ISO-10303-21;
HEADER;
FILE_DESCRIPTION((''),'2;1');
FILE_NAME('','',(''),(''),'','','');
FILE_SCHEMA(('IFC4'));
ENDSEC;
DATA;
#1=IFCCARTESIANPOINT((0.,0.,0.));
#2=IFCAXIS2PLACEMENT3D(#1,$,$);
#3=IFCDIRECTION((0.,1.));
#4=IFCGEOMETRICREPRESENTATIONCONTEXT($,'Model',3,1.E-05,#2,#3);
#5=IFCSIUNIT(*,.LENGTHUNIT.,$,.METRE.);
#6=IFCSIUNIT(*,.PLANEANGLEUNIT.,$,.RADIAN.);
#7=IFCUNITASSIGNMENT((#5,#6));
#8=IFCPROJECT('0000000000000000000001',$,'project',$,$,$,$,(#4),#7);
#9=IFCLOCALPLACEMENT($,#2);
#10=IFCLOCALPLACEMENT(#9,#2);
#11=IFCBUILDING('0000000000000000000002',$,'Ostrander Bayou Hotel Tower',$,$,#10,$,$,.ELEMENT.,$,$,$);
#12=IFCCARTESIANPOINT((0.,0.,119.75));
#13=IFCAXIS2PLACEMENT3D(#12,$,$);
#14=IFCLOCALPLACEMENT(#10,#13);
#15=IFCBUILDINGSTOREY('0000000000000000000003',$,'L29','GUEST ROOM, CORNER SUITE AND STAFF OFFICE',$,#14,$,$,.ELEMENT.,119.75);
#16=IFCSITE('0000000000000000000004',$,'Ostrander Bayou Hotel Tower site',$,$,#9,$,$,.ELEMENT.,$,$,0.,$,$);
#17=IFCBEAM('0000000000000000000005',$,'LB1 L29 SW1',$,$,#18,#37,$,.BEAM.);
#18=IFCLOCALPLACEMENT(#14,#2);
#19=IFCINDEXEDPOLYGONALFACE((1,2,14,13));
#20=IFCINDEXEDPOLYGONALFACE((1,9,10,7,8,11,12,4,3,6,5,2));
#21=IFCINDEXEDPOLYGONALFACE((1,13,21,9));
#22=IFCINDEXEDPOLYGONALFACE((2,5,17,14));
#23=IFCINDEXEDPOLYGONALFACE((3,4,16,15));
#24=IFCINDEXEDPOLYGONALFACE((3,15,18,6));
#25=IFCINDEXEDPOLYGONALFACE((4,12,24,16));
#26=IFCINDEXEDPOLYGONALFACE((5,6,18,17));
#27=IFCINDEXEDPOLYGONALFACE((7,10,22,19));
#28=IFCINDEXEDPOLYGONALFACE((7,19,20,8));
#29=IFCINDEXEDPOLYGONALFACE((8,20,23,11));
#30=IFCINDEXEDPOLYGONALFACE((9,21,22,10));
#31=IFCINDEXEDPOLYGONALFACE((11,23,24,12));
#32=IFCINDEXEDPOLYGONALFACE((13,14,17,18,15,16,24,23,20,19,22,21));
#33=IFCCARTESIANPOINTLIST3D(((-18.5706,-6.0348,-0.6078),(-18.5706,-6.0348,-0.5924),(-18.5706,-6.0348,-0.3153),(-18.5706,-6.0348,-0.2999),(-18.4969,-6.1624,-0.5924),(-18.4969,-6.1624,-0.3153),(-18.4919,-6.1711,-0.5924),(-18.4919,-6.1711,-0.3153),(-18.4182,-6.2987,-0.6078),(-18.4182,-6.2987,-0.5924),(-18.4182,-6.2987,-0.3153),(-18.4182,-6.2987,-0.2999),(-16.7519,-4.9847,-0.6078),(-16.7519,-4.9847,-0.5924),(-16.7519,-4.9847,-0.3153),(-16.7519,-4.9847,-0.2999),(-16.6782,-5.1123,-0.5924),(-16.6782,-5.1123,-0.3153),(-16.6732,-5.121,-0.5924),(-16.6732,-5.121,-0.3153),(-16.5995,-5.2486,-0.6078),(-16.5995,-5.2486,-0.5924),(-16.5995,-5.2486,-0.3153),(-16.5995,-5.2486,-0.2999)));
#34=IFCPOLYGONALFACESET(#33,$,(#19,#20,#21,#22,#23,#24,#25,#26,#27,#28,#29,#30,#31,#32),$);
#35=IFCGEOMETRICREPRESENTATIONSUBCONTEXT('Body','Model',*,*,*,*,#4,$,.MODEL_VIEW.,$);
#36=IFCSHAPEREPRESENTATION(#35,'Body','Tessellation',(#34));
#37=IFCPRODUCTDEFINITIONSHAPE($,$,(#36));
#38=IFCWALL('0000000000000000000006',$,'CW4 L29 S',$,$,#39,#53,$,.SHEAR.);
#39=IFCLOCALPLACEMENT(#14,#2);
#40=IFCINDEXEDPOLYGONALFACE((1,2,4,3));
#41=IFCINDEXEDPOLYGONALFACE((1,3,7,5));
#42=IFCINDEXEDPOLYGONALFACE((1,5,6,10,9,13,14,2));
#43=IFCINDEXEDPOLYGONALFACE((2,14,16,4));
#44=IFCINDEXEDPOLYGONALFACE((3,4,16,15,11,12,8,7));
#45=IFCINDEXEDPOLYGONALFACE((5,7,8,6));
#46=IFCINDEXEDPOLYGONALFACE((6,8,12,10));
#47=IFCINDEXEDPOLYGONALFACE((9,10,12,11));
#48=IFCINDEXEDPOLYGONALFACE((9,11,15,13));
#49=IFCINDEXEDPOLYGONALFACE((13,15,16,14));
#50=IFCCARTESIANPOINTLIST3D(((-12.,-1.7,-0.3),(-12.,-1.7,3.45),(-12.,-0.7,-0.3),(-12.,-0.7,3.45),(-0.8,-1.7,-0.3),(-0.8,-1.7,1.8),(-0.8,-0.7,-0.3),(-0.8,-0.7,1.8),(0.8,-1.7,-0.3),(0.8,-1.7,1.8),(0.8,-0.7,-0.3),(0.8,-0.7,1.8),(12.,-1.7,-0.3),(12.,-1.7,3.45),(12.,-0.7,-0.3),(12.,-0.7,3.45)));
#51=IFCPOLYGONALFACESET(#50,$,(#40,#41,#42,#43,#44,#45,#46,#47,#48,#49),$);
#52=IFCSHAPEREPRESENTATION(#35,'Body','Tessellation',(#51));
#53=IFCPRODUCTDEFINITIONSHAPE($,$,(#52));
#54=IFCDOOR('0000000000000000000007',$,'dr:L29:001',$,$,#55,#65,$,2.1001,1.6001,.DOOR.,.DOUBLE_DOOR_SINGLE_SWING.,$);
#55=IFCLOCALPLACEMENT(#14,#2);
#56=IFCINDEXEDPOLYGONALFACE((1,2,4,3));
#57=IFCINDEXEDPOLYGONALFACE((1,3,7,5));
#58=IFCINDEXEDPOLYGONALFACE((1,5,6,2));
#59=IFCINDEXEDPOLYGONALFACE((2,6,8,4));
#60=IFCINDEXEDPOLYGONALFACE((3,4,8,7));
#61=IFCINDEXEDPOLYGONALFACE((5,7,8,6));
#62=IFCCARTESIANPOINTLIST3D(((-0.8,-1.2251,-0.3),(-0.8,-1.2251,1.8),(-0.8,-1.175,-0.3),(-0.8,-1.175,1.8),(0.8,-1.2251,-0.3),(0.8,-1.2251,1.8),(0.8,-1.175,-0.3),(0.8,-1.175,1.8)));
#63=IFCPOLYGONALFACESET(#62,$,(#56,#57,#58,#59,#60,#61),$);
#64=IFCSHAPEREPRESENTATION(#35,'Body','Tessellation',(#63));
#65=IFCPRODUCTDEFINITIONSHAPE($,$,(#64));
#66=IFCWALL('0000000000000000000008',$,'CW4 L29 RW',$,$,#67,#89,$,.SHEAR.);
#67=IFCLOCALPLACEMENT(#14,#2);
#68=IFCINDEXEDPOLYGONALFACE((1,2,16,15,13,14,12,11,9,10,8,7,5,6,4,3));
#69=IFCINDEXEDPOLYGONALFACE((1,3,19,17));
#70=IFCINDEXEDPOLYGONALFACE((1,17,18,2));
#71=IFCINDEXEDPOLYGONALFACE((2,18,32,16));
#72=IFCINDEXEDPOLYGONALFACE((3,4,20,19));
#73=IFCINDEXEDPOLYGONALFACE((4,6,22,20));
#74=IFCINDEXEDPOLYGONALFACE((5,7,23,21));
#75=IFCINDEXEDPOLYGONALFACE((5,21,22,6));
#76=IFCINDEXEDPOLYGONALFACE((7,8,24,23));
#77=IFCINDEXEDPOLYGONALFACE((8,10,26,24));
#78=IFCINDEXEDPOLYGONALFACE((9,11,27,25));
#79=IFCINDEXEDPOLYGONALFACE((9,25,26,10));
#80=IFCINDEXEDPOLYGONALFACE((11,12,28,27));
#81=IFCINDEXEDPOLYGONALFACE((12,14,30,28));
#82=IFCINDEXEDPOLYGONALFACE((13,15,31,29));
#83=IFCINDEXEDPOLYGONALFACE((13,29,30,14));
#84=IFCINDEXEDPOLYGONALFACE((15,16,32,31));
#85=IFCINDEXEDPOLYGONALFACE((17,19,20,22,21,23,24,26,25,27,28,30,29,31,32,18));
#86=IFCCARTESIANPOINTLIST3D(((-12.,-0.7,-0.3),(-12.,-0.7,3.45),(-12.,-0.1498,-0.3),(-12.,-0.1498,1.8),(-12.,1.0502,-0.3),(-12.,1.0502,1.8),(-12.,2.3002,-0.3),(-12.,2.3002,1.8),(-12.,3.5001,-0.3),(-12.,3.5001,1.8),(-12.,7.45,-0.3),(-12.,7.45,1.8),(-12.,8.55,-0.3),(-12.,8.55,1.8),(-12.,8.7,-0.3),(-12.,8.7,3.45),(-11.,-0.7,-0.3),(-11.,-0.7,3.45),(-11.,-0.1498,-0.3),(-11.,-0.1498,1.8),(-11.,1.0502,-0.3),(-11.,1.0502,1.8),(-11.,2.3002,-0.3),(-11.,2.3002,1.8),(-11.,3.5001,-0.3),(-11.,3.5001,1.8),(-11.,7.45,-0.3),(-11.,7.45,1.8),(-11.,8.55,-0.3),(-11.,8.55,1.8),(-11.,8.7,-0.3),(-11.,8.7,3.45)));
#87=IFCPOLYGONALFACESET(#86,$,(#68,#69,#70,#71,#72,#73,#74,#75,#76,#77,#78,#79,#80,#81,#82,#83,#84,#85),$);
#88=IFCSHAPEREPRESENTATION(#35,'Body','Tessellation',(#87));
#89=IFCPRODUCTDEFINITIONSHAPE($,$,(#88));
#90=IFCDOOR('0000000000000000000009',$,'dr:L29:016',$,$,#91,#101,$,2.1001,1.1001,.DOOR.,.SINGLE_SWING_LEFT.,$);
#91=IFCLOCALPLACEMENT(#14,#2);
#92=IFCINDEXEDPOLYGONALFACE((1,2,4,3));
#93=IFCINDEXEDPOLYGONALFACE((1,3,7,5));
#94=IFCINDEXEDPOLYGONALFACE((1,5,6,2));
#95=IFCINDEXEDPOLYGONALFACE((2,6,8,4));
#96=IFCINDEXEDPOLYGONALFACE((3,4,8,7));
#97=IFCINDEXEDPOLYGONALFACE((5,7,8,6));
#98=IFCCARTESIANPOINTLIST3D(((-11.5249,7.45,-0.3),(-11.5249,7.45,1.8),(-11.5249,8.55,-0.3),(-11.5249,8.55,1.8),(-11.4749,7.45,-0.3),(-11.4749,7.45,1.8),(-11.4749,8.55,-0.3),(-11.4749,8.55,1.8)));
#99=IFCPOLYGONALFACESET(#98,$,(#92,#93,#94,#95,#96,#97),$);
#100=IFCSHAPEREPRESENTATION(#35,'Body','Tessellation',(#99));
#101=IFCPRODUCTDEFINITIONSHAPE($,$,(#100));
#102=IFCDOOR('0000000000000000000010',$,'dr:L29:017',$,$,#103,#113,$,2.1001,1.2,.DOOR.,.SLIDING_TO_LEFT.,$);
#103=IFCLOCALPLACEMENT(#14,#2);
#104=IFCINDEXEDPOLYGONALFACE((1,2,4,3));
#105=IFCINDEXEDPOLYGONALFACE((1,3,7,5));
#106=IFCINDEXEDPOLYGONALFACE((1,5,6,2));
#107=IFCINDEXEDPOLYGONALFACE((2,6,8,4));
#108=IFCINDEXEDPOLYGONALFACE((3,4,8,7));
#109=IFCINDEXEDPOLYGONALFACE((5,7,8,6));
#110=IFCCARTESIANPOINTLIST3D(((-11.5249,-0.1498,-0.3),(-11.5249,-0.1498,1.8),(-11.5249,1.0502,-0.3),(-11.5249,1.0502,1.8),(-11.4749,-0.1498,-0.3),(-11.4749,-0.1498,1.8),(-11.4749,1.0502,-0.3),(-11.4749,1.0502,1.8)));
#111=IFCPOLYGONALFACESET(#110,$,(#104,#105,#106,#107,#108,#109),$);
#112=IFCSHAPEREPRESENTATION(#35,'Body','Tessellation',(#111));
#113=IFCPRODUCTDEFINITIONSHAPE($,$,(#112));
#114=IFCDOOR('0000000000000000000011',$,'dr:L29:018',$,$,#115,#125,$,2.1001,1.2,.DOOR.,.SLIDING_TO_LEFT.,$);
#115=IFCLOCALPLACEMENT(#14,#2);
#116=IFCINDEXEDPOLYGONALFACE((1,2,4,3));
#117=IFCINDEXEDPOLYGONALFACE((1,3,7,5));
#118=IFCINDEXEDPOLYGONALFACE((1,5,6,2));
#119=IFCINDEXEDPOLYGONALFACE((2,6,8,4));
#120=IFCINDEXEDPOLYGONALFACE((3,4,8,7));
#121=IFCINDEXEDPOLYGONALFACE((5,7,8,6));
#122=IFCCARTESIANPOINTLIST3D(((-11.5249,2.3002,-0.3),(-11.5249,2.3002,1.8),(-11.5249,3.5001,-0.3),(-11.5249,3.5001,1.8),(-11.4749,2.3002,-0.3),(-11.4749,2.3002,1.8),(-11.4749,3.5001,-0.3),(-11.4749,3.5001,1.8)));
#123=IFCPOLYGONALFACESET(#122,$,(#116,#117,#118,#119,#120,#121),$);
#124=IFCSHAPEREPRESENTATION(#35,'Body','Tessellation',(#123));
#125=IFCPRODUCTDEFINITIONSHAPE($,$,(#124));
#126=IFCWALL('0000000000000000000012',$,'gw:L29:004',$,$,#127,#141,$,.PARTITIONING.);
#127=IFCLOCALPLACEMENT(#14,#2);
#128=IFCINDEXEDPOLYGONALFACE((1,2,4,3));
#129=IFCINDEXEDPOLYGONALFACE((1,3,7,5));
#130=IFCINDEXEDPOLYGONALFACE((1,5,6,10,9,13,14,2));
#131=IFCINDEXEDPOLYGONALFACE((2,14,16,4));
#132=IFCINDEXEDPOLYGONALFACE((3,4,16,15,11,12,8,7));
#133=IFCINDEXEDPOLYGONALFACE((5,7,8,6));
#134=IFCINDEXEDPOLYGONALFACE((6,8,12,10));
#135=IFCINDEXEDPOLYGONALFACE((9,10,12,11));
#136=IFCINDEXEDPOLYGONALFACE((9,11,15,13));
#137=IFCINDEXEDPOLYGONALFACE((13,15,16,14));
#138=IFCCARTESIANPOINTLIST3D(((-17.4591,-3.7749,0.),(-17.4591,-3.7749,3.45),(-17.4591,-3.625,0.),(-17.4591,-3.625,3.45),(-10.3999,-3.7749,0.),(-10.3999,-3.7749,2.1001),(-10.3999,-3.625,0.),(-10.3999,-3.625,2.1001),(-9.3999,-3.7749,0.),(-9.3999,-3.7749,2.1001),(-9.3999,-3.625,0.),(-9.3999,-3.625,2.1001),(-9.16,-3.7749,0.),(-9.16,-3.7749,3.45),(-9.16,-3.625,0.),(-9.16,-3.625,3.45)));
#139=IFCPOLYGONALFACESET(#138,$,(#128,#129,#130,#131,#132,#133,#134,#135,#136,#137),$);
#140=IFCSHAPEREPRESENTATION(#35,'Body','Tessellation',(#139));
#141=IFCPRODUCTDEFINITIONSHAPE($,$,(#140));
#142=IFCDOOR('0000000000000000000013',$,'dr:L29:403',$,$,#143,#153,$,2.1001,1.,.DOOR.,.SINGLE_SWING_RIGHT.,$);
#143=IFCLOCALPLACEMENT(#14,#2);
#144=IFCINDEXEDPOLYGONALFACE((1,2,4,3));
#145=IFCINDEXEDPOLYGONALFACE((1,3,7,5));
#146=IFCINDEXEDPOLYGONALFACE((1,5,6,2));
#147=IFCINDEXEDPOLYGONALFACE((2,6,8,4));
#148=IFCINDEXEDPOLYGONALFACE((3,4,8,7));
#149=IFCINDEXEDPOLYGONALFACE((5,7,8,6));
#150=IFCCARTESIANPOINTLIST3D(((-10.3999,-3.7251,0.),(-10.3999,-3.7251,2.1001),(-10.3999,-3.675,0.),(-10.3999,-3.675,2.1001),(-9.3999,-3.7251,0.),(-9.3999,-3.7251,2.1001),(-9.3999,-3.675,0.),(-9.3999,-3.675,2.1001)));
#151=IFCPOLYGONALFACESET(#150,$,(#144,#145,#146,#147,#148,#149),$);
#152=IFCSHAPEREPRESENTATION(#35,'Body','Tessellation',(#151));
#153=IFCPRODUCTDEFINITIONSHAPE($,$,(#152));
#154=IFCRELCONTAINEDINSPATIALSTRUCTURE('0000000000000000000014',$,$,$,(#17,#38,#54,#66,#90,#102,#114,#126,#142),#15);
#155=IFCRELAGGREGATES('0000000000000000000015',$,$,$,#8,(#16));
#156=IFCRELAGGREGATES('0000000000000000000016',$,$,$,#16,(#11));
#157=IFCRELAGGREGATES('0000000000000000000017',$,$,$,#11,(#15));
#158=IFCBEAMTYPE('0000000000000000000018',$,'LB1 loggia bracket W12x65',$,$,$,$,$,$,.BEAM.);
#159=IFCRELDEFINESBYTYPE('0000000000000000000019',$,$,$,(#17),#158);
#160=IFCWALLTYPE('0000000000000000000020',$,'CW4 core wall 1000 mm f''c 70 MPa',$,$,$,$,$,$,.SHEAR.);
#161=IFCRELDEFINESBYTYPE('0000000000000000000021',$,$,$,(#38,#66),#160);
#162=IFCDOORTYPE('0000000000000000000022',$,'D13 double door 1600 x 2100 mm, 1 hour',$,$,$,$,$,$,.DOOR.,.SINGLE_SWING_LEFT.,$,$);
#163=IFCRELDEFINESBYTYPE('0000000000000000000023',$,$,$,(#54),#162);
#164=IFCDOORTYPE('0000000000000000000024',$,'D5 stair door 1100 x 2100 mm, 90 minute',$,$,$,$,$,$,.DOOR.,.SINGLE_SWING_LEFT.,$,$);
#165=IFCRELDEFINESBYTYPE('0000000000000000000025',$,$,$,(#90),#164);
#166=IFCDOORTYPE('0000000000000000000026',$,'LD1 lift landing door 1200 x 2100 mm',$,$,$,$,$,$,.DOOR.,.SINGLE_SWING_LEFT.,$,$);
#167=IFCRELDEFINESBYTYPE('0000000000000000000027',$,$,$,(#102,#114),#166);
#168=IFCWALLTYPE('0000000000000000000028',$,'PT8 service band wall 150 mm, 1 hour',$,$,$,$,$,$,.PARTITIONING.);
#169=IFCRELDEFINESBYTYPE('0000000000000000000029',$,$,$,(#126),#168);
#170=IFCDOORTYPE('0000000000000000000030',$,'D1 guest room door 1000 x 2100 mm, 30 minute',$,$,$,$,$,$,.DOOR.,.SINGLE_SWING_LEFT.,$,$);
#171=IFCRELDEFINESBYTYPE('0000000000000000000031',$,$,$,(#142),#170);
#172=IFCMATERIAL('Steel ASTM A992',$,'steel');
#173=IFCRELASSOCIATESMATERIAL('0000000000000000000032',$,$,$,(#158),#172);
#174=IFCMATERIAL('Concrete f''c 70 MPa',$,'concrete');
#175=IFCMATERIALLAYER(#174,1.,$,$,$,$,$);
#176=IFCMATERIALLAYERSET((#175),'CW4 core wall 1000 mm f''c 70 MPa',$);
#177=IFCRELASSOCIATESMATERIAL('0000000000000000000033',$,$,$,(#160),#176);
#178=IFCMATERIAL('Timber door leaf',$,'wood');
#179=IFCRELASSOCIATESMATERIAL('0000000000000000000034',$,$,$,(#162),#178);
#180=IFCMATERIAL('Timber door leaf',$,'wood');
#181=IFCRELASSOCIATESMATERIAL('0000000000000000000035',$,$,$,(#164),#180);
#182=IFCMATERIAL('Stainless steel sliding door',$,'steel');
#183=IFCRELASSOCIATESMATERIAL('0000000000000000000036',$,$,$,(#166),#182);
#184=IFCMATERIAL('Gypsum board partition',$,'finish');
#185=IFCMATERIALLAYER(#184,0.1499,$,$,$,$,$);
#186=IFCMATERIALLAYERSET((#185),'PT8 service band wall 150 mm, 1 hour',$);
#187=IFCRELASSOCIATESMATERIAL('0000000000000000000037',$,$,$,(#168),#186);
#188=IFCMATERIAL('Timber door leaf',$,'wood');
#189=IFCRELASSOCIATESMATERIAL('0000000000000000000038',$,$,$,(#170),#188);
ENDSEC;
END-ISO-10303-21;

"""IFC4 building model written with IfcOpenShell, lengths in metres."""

from ifc_helpers import new_model, si_unit, direction, frame, frame_2d, origin, origin_2d, place, context, subcontext, project, spatial, rectangle, i_section, extrude, material, layer, layer_set, material_profile, profile_set, type_object, element, fill, save


model = new_model("IFC4")

# Units and contexts
model_context = context("Model", 3, precision=1e-05, world=origin(), true_north=direction((0.0, 1.0)))
body_context = subcontext(model_context, "Body", "Model", "MODEL_VIEW")
ifc_project = project(units=[si_unit("LENGTHUNIT", "METRE"), si_unit("PLANEANGLEUNIT", "RADIAN")], contexts=[model_context])

# Site, building, storey
site_placement = place(None, origin())
site = spatial("IfcSite", under=ifc_project, at=site_placement, Name="Ostrander Bayou Hotel Tower site", CompositionType="ELEMENT", RefElevation=0.0)
building_placement = place(site_placement, origin())
building = spatial("IfcBuilding", under=site, at=building_placement, Name="Ostrander Bayou Hotel Tower", CompositionType="ELEMENT")
storey_placement = place(building_placement, frame((0.0, 0.0, 119.75)))
storey = spatial("IfcBuildingStorey", under=building, at=storey_placement, Name="L29", Description="GUEST ROOM, CORNER SUITE AND STAFF OFFICE", CompositionType="ELEMENT", Elevation=119.75)

# Beam
ifc_material_1 = material(Name="Steel ASTM A992", Category="steel")
ifc_material_profile = material_profile(ifc_material_1, i_section(OverallWidth=0.3047, OverallDepth=0.3079, WebThickness=0.01, FlangeThickness=0.0154, at=origin_2d()))
ifc_profile_set = profile_set([ifc_material_profile], Name="Steel ASTM A992")
beam_type = type_object("IfcBeamType", Name="LB1 loggia bracket W12x65", PredefinedType="BEAM", material=ifc_profile_set)
beam_placement = place(storey_placement, frame((-18.4944, -6.1667, -0.4539), z_axis=(0.866009, 0.500028, 0.0), x_axis=(-0.500028, 0.866009, 0.0)))
element("IfcBeam", 1, at=beam_placement, inside=storey, type_object=beam_type, Name="LB1 L29 SW1", PredefinedType="BEAM", context=body_context, shape_type="SweptSolid", body=[
    extrude(i_section(OverallWidth=0.3047, OverallDepth=0.3079, WebThickness=0.01, FlangeThickness=0.0154, at=origin_2d()), origin(), (0.0, 0.0, 1.0), 2.1001),
])

# Wall, opening, door
ifc_material_2 = material(Name="Concrete f'c 70 MPa", Category="concrete")
ifc_layer_1 = layer(ifc_material_2, 1.0)
ifc_layer_set_1 = layer_set([ifc_layer_1], Name="CW4 core wall 1000 mm f'c 70 MPa")
wall_type_1 = type_object("IfcWallType", Name="CW4 core wall 1000 mm f'c 70 MPa", PredefinedType="SHEAR", material=ifc_layer_set_1)
wall_1_placement = place(storey_placement, frame((-12.0, -1.2, -0.3), z_axis=(0.0, 0.0, 1.0), x_axis=(1.0, 0.0, 0.0)))
wall_1 = element("IfcWall", 2, at=wall_1_placement, inside=storey, type_object=wall_type_1, Name="CW4 L29 S", PredefinedType="SHEAR", context=body_context, shape_type="SweptSolid", body=[
    extrude(rectangle(XDim=24.0, YDim=1.0, at=frame_2d((12.0, 0.0))), origin(), (0.0, 0.0, 1.0), 3.75),
])
opening_1_placement = place(wall_1_placement, frame((11.2, 0.0, 0.0)))
opening_1 = element("IfcOpeningElement", 3, at=opening_1_placement, cuts=wall_1, PredefinedType="OPENING", context=body_context, shape_type="SweptSolid", body=[
    extrude(rectangle(XDim=1.6001, YDim=2.1001, at=frame_2d((0.8, 1.05))), frame((0.0, 0.5, 0.0), z_axis=(0.0, -1.0, 0.0), x_axis=(1.0, 0.0, 0.0)), (0.0, 0.0, 1.0), 1.0),
])
ifc_material_3 = material(Name="Timber door leaf", Category="wood")
door_type_1 = type_object("IfcDoorType", Name="D13 double door 1600 x 2100 mm, 1 hour", OperationType="SINGLE_SWING_LEFT", PredefinedType="DOOR", material=ifc_material_3)
door_1_placement = place(opening_1_placement, origin())
door_1 = element("IfcDoor", 4, at=door_1_placement, inside=storey, type_object=door_type_1, Name="dr:L29:001", OperationType="DOUBLE_DOOR_SINGLE_SWING", OverallHeight=2.1001, OverallWidth=1.6001, PredefinedType="DOOR", context=body_context, shape_type="SweptSolid", body=[
    extrude(rectangle(XDim=1.6001, YDim=2.1001, at=frame_2d((0.8, 1.05))), frame((0.0, 0.0249, 0.0), z_axis=(0.0, -1.0, 0.0), x_axis=(1.0, 0.0, 0.0)), (0.0, 0.0, 1.0), 0.05),
])
fill(opening_1, door_1)

# Wall, openings, doors
wall_2_placement = place(storey_placement, frame((-11.5, -0.7, -0.3), z_axis=(0.0, 0.0, 1.0), x_axis=(0.0, 1.0, 0.0)))
wall_2 = element("IfcWall", 5, at=wall_2_placement, inside=storey, type_object=wall_type_1, Name="CW4 L29 RW", PredefinedType="SHEAR", context=body_context, shape_type="SweptSolid", body=[
    extrude(rectangle(XDim=9.3999, YDim=1.0, at=frame_2d((4.7, 0.0))), origin(), (0.0, 0.0, 1.0), 3.75),
])
opening_2_placement = place(wall_2_placement, frame((8.1499, 0.0, 0.0)))
opening_2 = element("IfcOpeningElement", 6, at=opening_2_placement, cuts=wall_2, PredefinedType="OPENING", context=body_context, shape_type="SweptSolid", body=[
    extrude(rectangle(XDim=1.1001, YDim=2.1001, at=frame_2d((0.55, 1.05))), frame((0.0, 0.5, 0.0), z_axis=(0.0, -1.0, 0.0), x_axis=(1.0, 0.0, 0.0)), (0.0, 0.0, 1.0), 1.0),
])
opening_3_placement = place(wall_2_placement, frame((0.55, 0.0, 0.0)))
opening_3 = element("IfcOpeningElement", 7, at=opening_3_placement, cuts=wall_2, PredefinedType="OPENING", context=body_context, shape_type="SweptSolid", body=[
    extrude(rectangle(XDim=1.2, YDim=2.1001, at=frame_2d((0.6001, 1.05))), frame((0.0, 0.5, 0.0), z_axis=(0.0, -1.0, 0.0), x_axis=(1.0, 0.0, 0.0)), (0.0, 0.0, 1.0), 1.0),
])
opening_4_placement = place(wall_2_placement, frame((3.0, 0.0, 0.0)))
opening_4 = element("IfcOpeningElement", 8, at=opening_4_placement, cuts=wall_2, PredefinedType="OPENING", context=body_context, shape_type="SweptSolid", body=[
    extrude(rectangle(XDim=1.2, YDim=2.1001, at=frame_2d((0.6001, 1.05))), frame((0.0, 0.5, 0.0), z_axis=(0.0, -1.0, 0.0), x_axis=(1.0, 0.0, 0.0)), (0.0, 0.0, 1.0), 1.0),
])
ifc_material_4 = material(Name="Timber door leaf", Category="wood")
door_type_2 = type_object("IfcDoorType", Name="D5 stair door 1100 x 2100 mm, 90 minute", OperationType="SINGLE_SWING_LEFT", PredefinedType="DOOR", material=ifc_material_4)
door_2_placement = place(opening_2_placement, origin())
door_2 = element("IfcDoor", 9, at=door_2_placement, inside=storey, type_object=door_type_2, Name="dr:L29:016", OperationType="SINGLE_SWING_LEFT", OverallHeight=2.1001, OverallWidth=1.1001, PredefinedType="DOOR", context=body_context, shape_type="SweptSolid", body=[
    extrude(rectangle(XDim=1.1001, YDim=2.1001, at=frame_2d((0.55, 1.05))), frame((0.0, 0.0249, 0.0), z_axis=(0.0, -1.0, 0.0), x_axis=(1.0, 0.0, 0.0)), (0.0, 0.0, 1.0), 0.05),
])
fill(opening_2, door_2)
ifc_material_5 = material(Name="Stainless steel sliding door", Category="steel")
door_type_3 = type_object("IfcDoorType", Name="LD1 lift landing door 1200 x 2100 mm", OperationType="SINGLE_SWING_LEFT", PredefinedType="DOOR", material=ifc_material_5)
door_3_placement = place(opening_3_placement, origin())
door_3 = element("IfcDoor", 10, at=door_3_placement, inside=storey, type_object=door_type_3, Name="dr:L29:017", OperationType="SLIDING_TO_LEFT", OverallHeight=2.1001, OverallWidth=1.2, PredefinedType="DOOR", context=body_context, shape_type="SweptSolid", body=[
    extrude(rectangle(XDim=1.2, YDim=2.1001, at=frame_2d((0.6001, 1.05))), frame((0.0, 0.0249, 0.0), z_axis=(0.0, -1.0, 0.0), x_axis=(1.0, 0.0, 0.0)), (0.0, 0.0, 1.0), 0.05),
])
fill(opening_3, door_3)
door_4_placement = place(opening_4_placement, origin())
door_4 = element("IfcDoor", 11, at=door_4_placement, inside=storey, type_object=door_type_3, Name="dr:L29:018", OperationType="SLIDING_TO_LEFT", OverallHeight=2.1001, OverallWidth=1.2, PredefinedType="DOOR", context=body_context, shape_type="SweptSolid", body=[
    extrude(rectangle(XDim=1.2, YDim=2.1001, at=frame_2d((0.6001, 1.05))), frame((0.0, 0.0249, 0.0), z_axis=(0.0, -1.0, 0.0), x_axis=(1.0, 0.0, 0.0)), (0.0, 0.0, 1.0), 0.05),
])
fill(opening_4, door_4)

# Wall, opening, door
ifc_material_6 = material(Name="Gypsum board partition", Category="finish")
ifc_layer_2 = layer(ifc_material_6, 0.1499)
ifc_layer_set_2 = layer_set([ifc_layer_2], Name="PT8 service band wall 150 mm, 1 hour")
wall_type_2 = type_object("IfcWallType", Name="PT8 service band wall 150 mm, 1 hour", PredefinedType="PARTITIONING", material=ifc_layer_set_2)
wall_3_placement = place(storey_placement, frame((-17.459, -3.7, 0.0), z_axis=(0.0, 0.0, 1.0), x_axis=(1.0, 0.0, 0.0)))
wall_3 = element("IfcWall", 12, at=wall_3_placement, inside=storey, type_object=wall_type_2, Name="gw:L29:004", PredefinedType="PARTITIONING", context=body_context, shape_type="SweptSolid", body=[
    extrude(rectangle(XDim=8.2991, YDim=0.1499, at=frame_2d((4.1494, 0.0))), origin(), (0.0, 0.0, 1.0), 3.45),
])
opening_5_placement = place(wall_3_placement, frame((7.0591, 0.0, 0.0)))
opening_5 = element("IfcOpeningElement", 13, at=opening_5_placement, cuts=wall_3, PredefinedType="OPENING", context=body_context, shape_type="SweptSolid", body=[
    extrude(rectangle(XDim=1.0, YDim=2.1001, at=frame_2d((0.5, 1.05))), frame((0.0, 0.075, 0.0), z_axis=(0.0, -1.0, 0.0), x_axis=(1.0, 0.0, 0.0)), (0.0, 0.0, 1.0), 0.1499),
])
ifc_material_7 = material(Name="Timber door leaf", Category="wood")
door_type_4 = type_object("IfcDoorType", Name="D1 guest room door 1000 x 2100 mm, 30 minute", OperationType="SINGLE_SWING_LEFT", PredefinedType="DOOR", material=ifc_material_7)
door_5_placement = place(opening_5_placement, origin())
door_5 = element("IfcDoor", 14, at=door_5_placement, inside=storey, type_object=door_type_4, Name="dr:L29:403", OperationType="SINGLE_SWING_RIGHT", OverallHeight=2.1001, OverallWidth=1.0, PredefinedType="DOOR", context=body_context, shape_type="SweptSolid", body=[
    extrude(rectangle(XDim=1.0, YDim=2.1001, at=frame_2d((0.5, 1.05))), frame((0.0, 0.0249, 0.0), z_axis=(0.0, -1.0, 0.0), x_axis=(1.0, 0.0, 0.0)), (0.0, 0.0, 1.0), 0.05),
])
fill(opening_5, door_5)

save(model, "model.ifc")
